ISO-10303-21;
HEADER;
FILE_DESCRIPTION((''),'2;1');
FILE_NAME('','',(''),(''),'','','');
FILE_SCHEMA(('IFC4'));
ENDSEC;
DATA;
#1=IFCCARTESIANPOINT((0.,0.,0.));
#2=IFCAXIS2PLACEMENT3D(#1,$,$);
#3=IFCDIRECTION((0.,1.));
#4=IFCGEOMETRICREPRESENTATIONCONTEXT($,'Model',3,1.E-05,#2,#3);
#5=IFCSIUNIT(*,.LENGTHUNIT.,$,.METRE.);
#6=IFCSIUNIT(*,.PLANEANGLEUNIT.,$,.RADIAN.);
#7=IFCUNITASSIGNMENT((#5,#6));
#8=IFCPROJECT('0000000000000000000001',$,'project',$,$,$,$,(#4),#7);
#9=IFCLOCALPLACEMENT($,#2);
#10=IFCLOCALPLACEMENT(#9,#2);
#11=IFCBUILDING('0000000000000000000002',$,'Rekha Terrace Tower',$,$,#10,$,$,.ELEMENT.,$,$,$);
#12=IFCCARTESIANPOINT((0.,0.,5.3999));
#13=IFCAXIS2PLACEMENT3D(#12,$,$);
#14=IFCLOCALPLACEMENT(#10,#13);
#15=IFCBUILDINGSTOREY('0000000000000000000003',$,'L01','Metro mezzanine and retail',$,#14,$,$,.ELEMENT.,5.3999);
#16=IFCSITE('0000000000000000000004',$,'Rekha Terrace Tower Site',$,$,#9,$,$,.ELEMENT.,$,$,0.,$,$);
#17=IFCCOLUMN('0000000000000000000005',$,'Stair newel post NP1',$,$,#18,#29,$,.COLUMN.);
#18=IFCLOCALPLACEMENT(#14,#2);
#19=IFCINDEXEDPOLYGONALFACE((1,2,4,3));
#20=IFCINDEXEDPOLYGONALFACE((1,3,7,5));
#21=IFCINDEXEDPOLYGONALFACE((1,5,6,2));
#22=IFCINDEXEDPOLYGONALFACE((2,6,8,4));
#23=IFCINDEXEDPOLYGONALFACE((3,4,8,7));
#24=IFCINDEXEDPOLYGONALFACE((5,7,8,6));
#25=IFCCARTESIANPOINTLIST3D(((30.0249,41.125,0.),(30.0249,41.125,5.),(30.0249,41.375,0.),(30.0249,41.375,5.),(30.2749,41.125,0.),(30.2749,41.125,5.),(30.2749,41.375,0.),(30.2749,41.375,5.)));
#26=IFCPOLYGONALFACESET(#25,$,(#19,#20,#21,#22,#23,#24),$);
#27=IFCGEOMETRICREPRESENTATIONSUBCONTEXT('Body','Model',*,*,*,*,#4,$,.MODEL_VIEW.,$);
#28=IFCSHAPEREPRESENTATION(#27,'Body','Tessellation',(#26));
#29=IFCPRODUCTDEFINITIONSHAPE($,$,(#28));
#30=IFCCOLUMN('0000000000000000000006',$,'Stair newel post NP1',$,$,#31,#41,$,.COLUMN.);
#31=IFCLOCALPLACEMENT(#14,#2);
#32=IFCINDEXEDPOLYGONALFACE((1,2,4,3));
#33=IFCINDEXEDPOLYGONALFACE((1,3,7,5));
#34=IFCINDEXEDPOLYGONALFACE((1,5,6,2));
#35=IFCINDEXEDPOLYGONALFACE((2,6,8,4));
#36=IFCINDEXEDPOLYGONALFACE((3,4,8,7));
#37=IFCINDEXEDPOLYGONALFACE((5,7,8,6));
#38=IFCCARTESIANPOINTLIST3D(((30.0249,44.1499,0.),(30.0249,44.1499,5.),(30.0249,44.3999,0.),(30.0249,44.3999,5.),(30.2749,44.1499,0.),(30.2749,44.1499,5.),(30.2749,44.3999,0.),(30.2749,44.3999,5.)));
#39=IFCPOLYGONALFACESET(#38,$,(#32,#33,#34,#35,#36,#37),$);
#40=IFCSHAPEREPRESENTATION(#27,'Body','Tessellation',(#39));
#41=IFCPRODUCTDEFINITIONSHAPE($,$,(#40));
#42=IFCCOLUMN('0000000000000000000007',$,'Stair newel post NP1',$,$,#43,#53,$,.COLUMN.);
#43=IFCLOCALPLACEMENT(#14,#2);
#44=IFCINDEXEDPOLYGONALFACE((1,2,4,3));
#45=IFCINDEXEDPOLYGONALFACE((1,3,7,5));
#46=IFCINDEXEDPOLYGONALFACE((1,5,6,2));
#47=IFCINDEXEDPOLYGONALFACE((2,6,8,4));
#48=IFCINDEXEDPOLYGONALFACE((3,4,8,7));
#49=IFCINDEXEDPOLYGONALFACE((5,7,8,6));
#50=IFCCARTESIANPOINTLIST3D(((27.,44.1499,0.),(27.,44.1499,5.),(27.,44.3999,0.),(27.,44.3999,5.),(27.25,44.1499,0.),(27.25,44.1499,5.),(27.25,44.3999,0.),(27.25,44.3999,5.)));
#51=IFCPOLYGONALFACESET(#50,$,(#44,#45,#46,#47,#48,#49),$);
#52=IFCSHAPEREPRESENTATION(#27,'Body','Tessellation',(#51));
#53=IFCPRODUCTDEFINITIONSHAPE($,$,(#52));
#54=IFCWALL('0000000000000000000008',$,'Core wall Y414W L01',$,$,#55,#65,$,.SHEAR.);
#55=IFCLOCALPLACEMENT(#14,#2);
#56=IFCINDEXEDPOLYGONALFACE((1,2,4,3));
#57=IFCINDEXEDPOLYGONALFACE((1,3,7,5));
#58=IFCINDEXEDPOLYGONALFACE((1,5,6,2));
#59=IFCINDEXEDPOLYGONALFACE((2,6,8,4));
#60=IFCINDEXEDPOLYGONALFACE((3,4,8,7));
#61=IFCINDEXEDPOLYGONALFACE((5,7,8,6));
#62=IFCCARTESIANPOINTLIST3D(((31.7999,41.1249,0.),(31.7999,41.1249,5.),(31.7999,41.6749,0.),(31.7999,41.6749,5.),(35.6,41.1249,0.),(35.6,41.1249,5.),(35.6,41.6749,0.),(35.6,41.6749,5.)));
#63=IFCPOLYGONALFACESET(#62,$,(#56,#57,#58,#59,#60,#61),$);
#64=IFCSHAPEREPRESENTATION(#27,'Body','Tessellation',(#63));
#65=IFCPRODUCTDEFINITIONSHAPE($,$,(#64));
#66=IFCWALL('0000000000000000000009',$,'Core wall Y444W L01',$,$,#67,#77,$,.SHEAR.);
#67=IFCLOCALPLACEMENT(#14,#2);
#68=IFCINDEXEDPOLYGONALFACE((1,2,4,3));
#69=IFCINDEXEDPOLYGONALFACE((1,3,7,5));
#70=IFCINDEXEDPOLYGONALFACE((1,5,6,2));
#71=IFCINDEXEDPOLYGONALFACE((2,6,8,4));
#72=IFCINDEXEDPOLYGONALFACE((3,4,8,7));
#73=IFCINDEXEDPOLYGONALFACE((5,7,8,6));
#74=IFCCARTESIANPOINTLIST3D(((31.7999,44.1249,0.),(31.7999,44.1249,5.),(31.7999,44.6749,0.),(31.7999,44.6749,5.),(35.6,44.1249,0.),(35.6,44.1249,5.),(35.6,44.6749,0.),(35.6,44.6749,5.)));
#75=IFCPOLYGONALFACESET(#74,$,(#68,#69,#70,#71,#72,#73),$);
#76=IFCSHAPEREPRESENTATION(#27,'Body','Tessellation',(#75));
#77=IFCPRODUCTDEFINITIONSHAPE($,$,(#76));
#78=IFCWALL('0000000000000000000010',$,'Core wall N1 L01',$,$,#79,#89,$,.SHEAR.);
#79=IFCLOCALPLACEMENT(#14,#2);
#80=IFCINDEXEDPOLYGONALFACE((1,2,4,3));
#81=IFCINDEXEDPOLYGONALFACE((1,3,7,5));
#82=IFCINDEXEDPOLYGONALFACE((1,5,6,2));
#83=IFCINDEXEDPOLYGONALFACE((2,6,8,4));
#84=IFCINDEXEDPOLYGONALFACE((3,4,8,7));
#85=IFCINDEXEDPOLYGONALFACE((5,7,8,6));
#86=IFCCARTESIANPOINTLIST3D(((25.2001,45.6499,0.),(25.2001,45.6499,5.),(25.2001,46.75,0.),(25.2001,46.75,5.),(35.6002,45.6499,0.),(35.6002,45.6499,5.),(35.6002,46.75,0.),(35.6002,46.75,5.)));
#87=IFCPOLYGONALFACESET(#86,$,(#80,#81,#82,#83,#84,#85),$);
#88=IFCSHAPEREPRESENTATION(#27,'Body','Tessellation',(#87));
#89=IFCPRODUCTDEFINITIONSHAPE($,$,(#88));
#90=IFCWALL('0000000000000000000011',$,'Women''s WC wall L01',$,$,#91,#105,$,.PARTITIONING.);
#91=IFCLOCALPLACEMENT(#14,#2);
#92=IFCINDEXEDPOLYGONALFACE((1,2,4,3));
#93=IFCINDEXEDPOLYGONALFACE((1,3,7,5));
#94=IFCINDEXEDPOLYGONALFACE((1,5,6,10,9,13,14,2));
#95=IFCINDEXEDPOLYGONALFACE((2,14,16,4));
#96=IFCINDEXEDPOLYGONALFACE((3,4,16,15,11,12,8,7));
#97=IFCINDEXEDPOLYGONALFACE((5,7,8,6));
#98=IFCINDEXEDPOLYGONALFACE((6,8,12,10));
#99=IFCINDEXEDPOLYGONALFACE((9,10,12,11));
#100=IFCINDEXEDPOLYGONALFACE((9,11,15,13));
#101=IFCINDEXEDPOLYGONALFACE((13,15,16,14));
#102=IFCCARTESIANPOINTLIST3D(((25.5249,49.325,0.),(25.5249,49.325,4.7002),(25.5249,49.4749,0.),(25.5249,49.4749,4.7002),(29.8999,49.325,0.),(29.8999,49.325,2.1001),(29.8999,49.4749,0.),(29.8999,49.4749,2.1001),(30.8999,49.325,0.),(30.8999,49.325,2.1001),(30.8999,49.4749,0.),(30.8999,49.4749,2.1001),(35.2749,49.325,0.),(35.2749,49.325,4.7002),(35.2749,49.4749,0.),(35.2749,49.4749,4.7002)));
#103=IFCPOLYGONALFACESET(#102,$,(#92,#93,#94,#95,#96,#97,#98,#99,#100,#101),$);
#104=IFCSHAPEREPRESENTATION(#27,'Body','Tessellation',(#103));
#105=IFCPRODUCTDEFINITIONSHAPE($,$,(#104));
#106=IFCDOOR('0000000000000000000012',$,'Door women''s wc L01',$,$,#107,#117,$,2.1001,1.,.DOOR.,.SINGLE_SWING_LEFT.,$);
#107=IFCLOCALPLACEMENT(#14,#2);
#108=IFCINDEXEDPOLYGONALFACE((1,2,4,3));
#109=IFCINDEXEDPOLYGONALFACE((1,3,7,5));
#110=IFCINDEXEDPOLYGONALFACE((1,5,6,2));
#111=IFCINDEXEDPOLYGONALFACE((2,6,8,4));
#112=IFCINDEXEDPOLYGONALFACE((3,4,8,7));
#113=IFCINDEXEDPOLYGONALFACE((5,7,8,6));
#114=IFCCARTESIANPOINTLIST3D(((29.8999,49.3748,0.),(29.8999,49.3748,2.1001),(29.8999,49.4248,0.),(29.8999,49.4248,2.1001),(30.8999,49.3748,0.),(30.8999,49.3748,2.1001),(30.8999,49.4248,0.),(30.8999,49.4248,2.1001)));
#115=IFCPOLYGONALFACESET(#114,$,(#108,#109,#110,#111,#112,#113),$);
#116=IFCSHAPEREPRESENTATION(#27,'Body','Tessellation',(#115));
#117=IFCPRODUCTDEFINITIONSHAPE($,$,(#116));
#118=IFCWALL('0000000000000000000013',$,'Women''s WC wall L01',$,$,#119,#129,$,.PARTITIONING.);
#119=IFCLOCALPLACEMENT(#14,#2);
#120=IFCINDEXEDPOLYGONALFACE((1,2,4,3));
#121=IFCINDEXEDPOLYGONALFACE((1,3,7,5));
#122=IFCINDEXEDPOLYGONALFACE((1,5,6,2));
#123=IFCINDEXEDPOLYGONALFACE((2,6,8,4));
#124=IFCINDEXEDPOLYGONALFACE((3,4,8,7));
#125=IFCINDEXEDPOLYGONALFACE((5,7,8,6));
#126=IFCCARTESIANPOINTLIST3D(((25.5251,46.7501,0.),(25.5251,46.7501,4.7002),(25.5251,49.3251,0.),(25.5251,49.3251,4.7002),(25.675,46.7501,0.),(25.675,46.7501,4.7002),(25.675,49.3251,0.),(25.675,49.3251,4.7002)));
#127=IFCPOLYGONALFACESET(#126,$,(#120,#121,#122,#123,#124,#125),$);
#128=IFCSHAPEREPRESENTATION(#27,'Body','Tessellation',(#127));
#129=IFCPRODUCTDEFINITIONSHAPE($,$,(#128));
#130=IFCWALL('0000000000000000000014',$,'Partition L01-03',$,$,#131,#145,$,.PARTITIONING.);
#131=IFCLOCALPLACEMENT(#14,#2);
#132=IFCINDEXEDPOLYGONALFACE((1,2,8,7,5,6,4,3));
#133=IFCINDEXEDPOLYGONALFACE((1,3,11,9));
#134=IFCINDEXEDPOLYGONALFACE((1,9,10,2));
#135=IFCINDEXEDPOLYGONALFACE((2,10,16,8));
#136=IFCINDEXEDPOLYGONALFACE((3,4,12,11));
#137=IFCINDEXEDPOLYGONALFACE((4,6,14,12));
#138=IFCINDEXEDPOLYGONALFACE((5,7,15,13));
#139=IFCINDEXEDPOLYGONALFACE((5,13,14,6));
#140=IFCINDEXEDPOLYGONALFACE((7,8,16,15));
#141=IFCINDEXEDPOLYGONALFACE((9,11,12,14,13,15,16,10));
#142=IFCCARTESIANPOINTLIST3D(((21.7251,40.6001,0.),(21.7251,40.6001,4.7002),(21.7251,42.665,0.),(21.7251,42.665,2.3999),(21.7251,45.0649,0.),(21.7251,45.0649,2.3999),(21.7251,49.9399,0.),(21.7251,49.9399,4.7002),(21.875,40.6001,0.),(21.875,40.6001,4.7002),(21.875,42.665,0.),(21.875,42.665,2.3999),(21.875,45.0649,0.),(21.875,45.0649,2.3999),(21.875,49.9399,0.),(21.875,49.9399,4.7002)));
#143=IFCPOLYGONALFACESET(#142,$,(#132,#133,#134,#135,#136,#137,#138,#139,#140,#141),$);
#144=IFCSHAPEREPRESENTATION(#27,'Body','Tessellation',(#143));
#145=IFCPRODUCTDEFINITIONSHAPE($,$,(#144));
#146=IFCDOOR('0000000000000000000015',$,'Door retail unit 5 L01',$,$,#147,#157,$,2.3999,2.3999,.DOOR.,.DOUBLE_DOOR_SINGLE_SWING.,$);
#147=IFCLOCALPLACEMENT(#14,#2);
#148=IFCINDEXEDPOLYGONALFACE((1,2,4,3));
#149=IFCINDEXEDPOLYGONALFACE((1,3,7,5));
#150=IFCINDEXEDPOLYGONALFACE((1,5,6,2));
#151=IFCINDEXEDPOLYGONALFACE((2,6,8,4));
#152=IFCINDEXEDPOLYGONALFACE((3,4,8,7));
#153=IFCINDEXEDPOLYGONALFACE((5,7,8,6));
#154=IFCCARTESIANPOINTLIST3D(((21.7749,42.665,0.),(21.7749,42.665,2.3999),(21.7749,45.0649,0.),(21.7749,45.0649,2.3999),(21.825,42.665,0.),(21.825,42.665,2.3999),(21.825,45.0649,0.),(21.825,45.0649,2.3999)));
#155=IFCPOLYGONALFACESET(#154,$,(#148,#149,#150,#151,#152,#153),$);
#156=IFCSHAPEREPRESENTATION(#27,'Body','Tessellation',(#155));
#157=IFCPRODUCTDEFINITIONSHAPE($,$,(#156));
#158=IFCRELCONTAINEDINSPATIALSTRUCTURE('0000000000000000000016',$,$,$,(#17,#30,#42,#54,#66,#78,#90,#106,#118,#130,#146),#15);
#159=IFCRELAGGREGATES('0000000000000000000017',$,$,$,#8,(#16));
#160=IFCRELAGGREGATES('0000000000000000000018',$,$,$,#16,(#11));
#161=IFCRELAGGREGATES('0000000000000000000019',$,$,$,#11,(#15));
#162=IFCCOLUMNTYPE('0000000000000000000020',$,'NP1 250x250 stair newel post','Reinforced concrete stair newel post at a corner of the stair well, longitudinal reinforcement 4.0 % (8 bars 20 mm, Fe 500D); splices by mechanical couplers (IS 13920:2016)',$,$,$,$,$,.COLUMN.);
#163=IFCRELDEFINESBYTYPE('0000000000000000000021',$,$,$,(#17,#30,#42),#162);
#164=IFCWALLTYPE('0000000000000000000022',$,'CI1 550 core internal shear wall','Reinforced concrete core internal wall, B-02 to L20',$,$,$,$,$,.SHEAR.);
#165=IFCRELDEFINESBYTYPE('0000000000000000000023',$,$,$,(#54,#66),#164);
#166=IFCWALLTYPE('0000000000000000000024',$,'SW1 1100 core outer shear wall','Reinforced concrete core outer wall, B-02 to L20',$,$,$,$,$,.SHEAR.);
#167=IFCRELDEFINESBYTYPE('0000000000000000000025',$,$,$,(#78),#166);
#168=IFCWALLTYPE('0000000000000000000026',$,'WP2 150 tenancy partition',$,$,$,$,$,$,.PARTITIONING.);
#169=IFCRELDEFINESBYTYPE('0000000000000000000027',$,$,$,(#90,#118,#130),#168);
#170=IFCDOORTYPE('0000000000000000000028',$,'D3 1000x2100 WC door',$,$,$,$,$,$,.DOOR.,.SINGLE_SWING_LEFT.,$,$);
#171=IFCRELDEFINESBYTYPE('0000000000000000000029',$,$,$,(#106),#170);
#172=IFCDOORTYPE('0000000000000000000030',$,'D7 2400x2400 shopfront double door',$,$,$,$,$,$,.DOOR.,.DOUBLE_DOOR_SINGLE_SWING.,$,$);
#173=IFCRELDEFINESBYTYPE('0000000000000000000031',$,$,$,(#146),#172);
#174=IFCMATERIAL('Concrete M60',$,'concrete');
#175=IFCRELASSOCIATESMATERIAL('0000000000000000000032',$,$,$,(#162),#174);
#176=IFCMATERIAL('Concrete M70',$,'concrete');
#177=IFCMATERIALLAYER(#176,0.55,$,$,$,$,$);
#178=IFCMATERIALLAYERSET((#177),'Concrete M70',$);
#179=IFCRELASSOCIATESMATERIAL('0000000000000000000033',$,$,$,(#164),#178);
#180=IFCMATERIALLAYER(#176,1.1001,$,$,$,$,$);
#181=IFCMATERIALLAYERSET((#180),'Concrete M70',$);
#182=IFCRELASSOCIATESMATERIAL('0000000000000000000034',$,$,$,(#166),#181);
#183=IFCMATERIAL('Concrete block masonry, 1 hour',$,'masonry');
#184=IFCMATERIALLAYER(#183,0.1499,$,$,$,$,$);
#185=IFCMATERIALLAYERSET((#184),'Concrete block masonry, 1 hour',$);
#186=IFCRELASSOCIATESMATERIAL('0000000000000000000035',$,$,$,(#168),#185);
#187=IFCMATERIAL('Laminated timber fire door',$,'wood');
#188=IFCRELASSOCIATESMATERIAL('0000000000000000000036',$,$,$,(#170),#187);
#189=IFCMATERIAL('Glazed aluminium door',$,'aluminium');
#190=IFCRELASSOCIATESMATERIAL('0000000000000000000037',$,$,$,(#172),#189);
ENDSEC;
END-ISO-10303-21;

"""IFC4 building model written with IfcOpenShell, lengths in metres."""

from ifc_helpers import new_model, si_unit, direction, frame, frame_2d, origin, origin_2d, place, context, subcontext, project, spatial, rectangle, extrude, material, layer, layer_set, material_profile, profile_set, type_object, element, fill, save


model = new_model("IFC4")

# Units and contexts
model_context = context("Model", 3, precision=1e-05, world=origin(), true_north=direction((0.0, 1.0)))
body_context = subcontext(model_context, "Body", "Model", "MODEL_VIEW")
ifc_project = project(units=[si_unit("LENGTHUNIT", "METRE"), si_unit("PLANEANGLEUNIT", "RADIAN")], contexts=[model_context])

# Site, building, storey
site_placement = place(None, origin())
site = spatial("IfcSite", under=ifc_project, at=site_placement, Name="Rekha Terrace Tower Site", CompositionType="ELEMENT", RefElevation=0.0)
building_placement = place(site_placement, origin())
building = spatial("IfcBuilding", under=site, at=building_placement, Name="Rekha Terrace Tower", CompositionType="ELEMENT")
storey_placement = place(building_placement, frame((0.0, 0.0, 5.3999)))
storey = spatial("IfcBuildingStorey", under=building, at=storey_placement, Name="L01", Description="Metro mezzanine and retail", CompositionType="ELEMENT", Elevation=5.3999)

# Columns
ifc_material_1 = material(Name="Concrete M60", Category="concrete")
ifc_material_profile = material_profile(ifc_material_1, rectangle(XDim=0.25, YDim=0.25, at=origin_2d()), Name="RC 250x250")
ifc_profile_set = profile_set([ifc_material_profile], Name="Concrete M60")
column_type = type_object("IfcColumnType", Name="NP1 250x250 stair newel post", Description="Reinforced concrete stair newel post at a corner of the stair well, longitudinal reinforcement 4.0 % (8 bars 20 mm, Fe 500D); splices by mechanical couplers (IS 13920:2016)", PredefinedType="COLUMN", material=ifc_profile_set)
for number, where, z_axis, x_axis, name in (
    (1, (30.1499, 41.25, 0.0), (0.0, 0.0, 1.0), (1.0, 0.0, 0.0), "Stair newel post NP1"),
    (2, (30.1499, 44.2749, 0.0), (0.0, 0.0, 1.0), (1.0, 0.0, 0.0), "Stair newel post NP1"),
    (3, (27.125, 44.2749, 0.0), (0.0, 0.0, 1.0), (1.0, 0.0, 0.0), "Stair newel post NP1"),
):
    element("IfcColumn", number, at=place(storey_placement, frame(where, z_axis=z_axis, x_axis=x_axis)), inside=storey, type_object=column_type, Name=name, PredefinedType="COLUMN", context=body_context, shape_type="SweptSolid", body=[
        extrude(rectangle(XDim=0.25, YDim=0.25, at=origin_2d()), origin(), (0.0, 0.0, 1.0), 5.0),
    ])

# Walls
ifc_material_2 = material(Name="Concrete M70", Category="concrete")
ifc_layer_1 = layer(ifc_material_2, 0.55)
ifc_layer_set_1 = layer_set([ifc_layer_1], Name="Concrete M70")
wall_type_1 = type_object("IfcWallType", Name="CI1 550 core internal shear wall", Description="Reinforced concrete core internal wall, B-02 to L20", PredefinedType="SHEAR", material=ifc_layer_set_1)
for number, where, z_axis, x_axis, name in (
    (4, (31.8, 41.3999, 0.0), (0.0, 0.0, 1.0), (1.0, 0.0, 0.0), "Core wall Y414W L01"),
    (5, (31.8, 44.3999, 0.0), (0.0, 0.0, 1.0), (1.0, 0.0, 0.0), "Core wall Y444W L01"),
):
    element("IfcWall", number, at=place(storey_placement, frame(where, z_axis=z_axis, x_axis=x_axis)), inside=storey, type_object=wall_type_1, Name=name, PredefinedType="SHEAR", context=body_context, shape_type="SweptSolid", body=[
        extrude(rectangle(XDim=3.8, YDim=0.55, at=frame_2d((1.8999, 0.0))), origin(), (0.0, 0.0, 1.0), 5.0),
    ])
ifc_layer_2 = layer(ifc_material_2, 1.1001)
ifc_layer_set_2 = layer_set([ifc_layer_2], Name="Concrete M70")
wall_type_2 = type_object("IfcWallType", Name="SW1 1100 core outer shear wall", Description="Reinforced concrete core outer wall, B-02 to L20", PredefinedType="SHEAR", material=ifc_layer_set_2)
wall_1_placement = place(storey_placement, frame((25.2, 46.2, 0.0), z_axis=(0.0, 0.0, 1.0), x_axis=(1.0, 0.0, 0.0)))
element("IfcWall", 6, at=wall_1_placement, inside=storey, type_object=wall_type_2, Name="Core wall N1 L01", PredefinedType="SHEAR", context=body_context, shape_type="SweptSolid", body=[
    extrude(rectangle(XDim=10.4001, YDim=1.1001, at=frame_2d((5.2002, 0.0))), origin(), (0.0, 0.0, 1.0), 5.0),
])

# Wall, opening, door
ifc_material_3 = material(Name="Concrete block masonry, 1 hour", Category="masonry")
ifc_layer_3 = layer(ifc_material_3, 0.1499)
ifc_layer_set_3 = layer_set([ifc_layer_3], Name="Concrete block masonry, 1 hour")
wall_type_3 = type_object("IfcWallType", Name="WP2 150 tenancy partition", PredefinedType="PARTITIONING", material=ifc_layer_set_3)
wall_2_placement = place(storey_placement, frame((25.5249, 49.3999, 0.0), z_axis=(0.0, 0.0, 1.0), x_axis=(1.0, 0.0, 0.0)))
wall_2 = element("IfcWall", 7, at=wall_2_placement, inside=storey, type_object=wall_type_3, Name="Women's WC wall L01", PredefinedType="PARTITIONING", context=body_context, shape_type="SweptSolid", body=[
    extrude(rectangle(XDim=9.75, YDim=0.1499, at=frame_2d((4.875, 0.0))), origin(), (0.0, 0.0, 1.0), 4.7002),
])
opening_1_placement = place(wall_2_placement, frame((4.375, 0.0, 0.0)))
opening_1 = element("IfcOpeningElement", 8, at=opening_1_placement, cuts=wall_2, PredefinedType="OPENING", context=body_context, shape_type="SweptSolid", body=[
    extrude(rectangle(XDim=1.0, YDim=2.1001, at=frame_2d((0.5, 1.05))), frame((0.0, 0.085, 0.0), z_axis=(0.0, -1.0, 0.0), x_axis=(1.0, 0.0, 0.0)), (0.0, 0.0, 1.0), 0.1699),
])
ifc_material_4 = material(Name="Laminated timber fire door", Category="wood")
door_type_1 = type_object("IfcDoorType", Name="D3 1000x2100 WC door", OperationType="SINGLE_SWING_LEFT", PredefinedType="DOOR", material=ifc_material_4)
door_1_placement = place(opening_1_placement, origin())
door_1 = element("IfcDoor", 9, at=door_1_placement, inside=storey, type_object=door_type_1, Name="Door women's wc L01", OperationType="SINGLE_SWING_LEFT", OverallHeight=2.1001, OverallWidth=1.0, PredefinedType="DOOR", context=body_context, shape_type="SweptSolid", body=[
    extrude(rectangle(XDim=1.0, YDim=2.1001, at=frame_2d((0.5, 1.05))), frame((0.0, 0.0249, 0.0), z_axis=(0.0, -1.0, 0.0), x_axis=(1.0, 0.0, 0.0)), (0.0, 0.0, 1.0), 0.05),
])
fill(opening_1, door_1)

# Wall
wall_3_placement = place(storey_placement, frame((25.6001, 46.75, 0.0), z_axis=(0.0, 0.0, 1.0), x_axis=(0.0, 1.0, 0.0)))
element("IfcWall", 10, at=wall_3_placement, inside=storey, type_object=wall_type_3, Name="Women's WC wall L01", PredefinedType="PARTITIONING", context=body_context, shape_type="SweptSolid", body=[
    extrude(rectangle(XDim=2.575, YDim=0.1499, at=frame_2d((1.2876, 0.0))), origin(), (0.0, 0.0, 1.0), 4.7002),
])

# Wall, opening, door
wall_4_placement = place(storey_placement, frame((21.8, 49.9399, 0.0), z_axis=(0.0, 0.0, 1.0), x_axis=(0.0, -1.0, 0.0)))
wall_4 = element("IfcWall", 11, at=wall_4_placement, inside=storey, type_object=wall_type_3, Name="Partition L01-03", PredefinedType="PARTITIONING", context=body_context, shape_type="SweptSolid", body=[
    extrude(rectangle(XDim=9.3398, YDim=0.1499, at=frame_2d((4.6699, 0.0))), origin(), (0.0, 0.0, 1.0), 4.7002),
])
opening_2_placement = place(wall_4_placement, frame((4.875, 0.0, 0.0)))
opening_2 = element("IfcOpeningElement", 12, at=opening_2_placement, cuts=wall_4, PredefinedType="OPENING", context=body_context, shape_type="SweptSolid", body=[
    extrude(rectangle(XDim=2.3999, YDim=2.3999, at=frame_2d((1.2, 1.2))), frame((0.0, 0.085, 0.0), z_axis=(0.0, -1.0, 0.0), x_axis=(1.0, 0.0, 0.0)), (0.0, 0.0, 1.0), 0.1699),
])
ifc_material_5 = material(Name="Glazed aluminium door", Category="aluminium")
door_type_2 = type_object("IfcDoorType", Name="D7 2400x2400 shopfront double door", OperationType="DOUBLE_DOOR_SINGLE_SWING", PredefinedType="DOOR", material=ifc_material_5)
door_2_placement = place(opening_2_placement, origin())
door_2 = element("IfcDoor", 13, at=door_2_placement, inside=storey, type_object=door_type_2, Name="Door retail unit 5 L01", OperationType="DOUBLE_DOOR_SINGLE_SWING", OverallHeight=2.3999, OverallWidth=2.3999, PredefinedType="DOOR", context=body_context, shape_type="SweptSolid", body=[
    extrude(rectangle(XDim=2.3999, YDim=2.3999, at=frame_2d((1.2, 1.2))), frame((0.0, 0.0249, 0.0), z_axis=(0.0, -1.0, 0.0), x_axis=(1.0, 0.0, 0.0)), (0.0, 0.0, 1.0), 0.05),
])
fill(opening_2, door_2)

save(model, "model.ifc")
